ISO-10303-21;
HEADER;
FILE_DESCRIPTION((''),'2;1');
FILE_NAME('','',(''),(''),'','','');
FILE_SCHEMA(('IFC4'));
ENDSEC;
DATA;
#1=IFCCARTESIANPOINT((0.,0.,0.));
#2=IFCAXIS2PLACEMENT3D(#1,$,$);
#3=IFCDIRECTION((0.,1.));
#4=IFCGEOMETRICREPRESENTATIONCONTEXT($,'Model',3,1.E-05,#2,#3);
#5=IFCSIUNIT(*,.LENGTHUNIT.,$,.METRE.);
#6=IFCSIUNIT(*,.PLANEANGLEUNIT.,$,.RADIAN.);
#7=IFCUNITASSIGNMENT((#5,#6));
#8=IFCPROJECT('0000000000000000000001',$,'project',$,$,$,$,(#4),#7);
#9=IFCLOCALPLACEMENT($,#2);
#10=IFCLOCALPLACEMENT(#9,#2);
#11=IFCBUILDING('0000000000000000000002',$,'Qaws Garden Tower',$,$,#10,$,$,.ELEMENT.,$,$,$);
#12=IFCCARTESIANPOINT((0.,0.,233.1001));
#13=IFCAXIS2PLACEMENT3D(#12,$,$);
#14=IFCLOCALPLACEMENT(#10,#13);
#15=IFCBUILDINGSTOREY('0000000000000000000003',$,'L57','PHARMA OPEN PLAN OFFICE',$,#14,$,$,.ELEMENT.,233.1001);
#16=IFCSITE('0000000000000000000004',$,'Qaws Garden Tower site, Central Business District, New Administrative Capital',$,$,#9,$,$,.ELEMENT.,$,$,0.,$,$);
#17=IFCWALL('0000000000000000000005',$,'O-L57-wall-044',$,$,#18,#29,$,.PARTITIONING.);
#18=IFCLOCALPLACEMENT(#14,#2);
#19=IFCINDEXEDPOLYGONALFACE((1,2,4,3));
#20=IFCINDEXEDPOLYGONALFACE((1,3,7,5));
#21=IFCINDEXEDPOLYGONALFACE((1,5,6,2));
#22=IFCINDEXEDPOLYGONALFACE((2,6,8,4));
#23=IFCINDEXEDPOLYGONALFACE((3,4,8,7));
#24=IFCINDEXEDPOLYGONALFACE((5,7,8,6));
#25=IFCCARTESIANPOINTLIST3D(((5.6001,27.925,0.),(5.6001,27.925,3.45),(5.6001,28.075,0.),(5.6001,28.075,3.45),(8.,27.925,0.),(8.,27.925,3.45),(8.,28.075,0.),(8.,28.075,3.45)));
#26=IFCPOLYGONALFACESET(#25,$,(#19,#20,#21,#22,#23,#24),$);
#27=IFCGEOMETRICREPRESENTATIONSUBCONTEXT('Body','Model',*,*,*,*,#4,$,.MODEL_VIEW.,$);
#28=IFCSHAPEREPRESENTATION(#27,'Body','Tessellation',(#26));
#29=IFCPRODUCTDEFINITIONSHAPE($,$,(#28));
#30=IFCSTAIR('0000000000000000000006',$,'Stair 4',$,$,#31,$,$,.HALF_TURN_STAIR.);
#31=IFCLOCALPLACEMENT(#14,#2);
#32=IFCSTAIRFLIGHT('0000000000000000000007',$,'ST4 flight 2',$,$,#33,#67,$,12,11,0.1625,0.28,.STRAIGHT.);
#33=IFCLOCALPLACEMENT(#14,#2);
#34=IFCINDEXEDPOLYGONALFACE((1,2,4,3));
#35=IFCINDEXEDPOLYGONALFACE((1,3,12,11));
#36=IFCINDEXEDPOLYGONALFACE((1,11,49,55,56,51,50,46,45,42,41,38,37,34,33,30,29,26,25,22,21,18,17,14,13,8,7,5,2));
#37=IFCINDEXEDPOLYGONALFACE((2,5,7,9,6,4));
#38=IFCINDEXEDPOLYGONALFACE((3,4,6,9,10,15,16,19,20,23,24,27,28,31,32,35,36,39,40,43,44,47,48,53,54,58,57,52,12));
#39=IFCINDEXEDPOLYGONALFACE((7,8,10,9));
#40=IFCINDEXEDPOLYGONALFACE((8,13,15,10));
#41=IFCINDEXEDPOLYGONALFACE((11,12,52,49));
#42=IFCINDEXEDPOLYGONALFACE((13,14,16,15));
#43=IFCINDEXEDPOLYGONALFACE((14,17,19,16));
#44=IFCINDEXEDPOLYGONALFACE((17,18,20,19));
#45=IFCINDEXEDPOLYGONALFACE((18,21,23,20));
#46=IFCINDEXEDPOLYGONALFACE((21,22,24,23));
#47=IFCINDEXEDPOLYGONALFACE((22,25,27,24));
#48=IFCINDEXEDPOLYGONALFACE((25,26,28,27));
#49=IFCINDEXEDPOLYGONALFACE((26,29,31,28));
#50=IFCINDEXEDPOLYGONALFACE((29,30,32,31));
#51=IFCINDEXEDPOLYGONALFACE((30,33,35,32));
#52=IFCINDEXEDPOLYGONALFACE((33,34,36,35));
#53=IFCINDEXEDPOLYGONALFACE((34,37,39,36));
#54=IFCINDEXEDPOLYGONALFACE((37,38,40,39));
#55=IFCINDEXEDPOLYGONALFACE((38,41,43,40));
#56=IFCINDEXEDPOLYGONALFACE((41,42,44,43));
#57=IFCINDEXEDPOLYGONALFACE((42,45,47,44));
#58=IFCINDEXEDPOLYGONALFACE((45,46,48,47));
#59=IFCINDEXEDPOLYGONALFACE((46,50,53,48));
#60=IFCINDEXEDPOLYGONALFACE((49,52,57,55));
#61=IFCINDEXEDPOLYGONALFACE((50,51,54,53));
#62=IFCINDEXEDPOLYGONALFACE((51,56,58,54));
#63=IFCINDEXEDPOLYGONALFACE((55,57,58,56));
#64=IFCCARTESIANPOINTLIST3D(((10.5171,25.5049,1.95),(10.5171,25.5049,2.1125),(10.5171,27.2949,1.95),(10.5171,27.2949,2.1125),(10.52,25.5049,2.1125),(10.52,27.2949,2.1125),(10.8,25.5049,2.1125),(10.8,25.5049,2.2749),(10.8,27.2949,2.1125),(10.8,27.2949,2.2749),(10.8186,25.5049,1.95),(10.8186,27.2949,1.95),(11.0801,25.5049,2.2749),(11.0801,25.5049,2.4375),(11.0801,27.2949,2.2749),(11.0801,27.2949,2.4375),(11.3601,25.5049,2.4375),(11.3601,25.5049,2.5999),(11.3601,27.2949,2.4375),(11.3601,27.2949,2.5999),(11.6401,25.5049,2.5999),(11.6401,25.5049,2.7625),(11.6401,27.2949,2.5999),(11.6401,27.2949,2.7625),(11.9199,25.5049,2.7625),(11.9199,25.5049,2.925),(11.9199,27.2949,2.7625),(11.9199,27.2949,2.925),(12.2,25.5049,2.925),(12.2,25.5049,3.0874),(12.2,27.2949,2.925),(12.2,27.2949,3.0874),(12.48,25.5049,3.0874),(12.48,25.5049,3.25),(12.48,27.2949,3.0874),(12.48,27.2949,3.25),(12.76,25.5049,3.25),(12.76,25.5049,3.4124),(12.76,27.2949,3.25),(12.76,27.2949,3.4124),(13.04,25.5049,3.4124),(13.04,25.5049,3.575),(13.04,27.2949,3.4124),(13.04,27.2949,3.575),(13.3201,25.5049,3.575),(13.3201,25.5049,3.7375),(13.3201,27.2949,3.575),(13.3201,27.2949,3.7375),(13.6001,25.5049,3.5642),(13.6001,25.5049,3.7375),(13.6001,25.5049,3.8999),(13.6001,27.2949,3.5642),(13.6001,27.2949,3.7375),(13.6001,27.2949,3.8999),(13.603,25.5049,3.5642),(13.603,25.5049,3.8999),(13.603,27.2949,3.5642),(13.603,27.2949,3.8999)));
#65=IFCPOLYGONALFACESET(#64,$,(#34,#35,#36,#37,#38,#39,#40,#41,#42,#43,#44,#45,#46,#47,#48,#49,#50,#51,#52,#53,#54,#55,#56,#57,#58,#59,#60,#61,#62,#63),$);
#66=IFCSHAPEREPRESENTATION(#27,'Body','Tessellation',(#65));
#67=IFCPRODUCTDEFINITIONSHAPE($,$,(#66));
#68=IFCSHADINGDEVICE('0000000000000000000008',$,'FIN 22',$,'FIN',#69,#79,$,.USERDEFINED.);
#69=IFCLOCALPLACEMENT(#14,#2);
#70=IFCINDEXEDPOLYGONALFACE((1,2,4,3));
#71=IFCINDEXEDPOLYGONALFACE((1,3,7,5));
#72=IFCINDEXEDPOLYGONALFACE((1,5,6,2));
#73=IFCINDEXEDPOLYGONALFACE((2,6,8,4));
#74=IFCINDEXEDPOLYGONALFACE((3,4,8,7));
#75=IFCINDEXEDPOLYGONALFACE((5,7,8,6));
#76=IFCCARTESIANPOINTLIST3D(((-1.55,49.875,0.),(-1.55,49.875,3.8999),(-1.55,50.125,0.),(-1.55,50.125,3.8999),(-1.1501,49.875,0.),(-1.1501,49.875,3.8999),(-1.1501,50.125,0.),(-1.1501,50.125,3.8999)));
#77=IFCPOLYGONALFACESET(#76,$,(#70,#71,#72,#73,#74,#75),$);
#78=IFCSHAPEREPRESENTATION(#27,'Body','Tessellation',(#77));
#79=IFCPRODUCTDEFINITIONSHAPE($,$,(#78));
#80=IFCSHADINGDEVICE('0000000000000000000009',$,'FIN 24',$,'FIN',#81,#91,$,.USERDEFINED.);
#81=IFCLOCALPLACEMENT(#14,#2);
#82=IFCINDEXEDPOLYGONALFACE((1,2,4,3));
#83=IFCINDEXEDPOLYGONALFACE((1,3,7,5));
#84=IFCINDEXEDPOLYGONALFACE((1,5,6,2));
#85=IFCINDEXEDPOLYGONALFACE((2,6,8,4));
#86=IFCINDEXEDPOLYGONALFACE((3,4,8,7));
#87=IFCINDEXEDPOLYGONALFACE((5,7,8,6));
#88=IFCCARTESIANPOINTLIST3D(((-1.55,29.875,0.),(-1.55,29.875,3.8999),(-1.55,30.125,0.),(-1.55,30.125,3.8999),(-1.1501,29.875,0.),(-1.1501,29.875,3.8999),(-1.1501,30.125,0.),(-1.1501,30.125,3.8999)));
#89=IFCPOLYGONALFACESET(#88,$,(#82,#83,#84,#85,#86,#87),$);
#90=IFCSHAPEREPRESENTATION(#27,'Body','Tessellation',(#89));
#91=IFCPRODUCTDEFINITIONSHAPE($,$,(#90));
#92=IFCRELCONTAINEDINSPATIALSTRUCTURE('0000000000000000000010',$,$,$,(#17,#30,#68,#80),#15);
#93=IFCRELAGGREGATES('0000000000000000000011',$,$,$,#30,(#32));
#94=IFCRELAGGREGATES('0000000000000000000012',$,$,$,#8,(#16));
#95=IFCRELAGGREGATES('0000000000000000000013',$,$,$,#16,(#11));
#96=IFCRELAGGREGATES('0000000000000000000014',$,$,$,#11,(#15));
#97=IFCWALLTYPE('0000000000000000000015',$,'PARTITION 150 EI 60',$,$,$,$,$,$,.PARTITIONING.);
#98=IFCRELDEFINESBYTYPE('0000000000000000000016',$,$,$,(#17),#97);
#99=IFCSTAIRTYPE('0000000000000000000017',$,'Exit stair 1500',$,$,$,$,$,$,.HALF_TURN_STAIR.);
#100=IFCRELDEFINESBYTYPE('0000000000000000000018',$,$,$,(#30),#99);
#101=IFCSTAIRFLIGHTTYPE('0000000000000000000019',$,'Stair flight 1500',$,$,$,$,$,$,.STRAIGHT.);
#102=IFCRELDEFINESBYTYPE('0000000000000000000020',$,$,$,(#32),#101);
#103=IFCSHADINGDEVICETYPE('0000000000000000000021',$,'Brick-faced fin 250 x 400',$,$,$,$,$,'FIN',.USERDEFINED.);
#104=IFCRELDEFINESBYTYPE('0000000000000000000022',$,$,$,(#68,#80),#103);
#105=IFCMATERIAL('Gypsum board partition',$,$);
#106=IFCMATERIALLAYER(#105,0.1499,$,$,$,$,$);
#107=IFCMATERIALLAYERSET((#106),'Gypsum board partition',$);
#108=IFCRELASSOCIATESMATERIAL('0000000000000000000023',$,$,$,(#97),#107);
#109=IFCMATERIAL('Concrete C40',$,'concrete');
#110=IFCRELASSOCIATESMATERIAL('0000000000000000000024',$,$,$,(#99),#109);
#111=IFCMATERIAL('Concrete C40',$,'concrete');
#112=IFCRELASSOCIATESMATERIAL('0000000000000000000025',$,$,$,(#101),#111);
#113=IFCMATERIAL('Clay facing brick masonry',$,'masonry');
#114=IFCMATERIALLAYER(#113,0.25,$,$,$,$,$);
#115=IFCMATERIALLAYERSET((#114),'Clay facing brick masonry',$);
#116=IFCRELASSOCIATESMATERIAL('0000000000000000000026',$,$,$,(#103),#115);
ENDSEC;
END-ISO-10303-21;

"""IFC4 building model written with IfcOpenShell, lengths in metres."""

from ifc_helpers import new_model, si_unit, direction, frame, frame_2d, origin, origin_2d, place, context, subcontext, project, spatial, polyline, rectangle, outline, extrude, material, layer, layer_set, type_object, element, aggregate, save


model = new_model("IFC4")

# Units and contexts
model_context = context("Model", 3, precision=1e-05, world=origin(), true_north=direction((0.0, 1.0)))
body_context = subcontext(model_context, "Body", "Model", "MODEL_VIEW")
ifc_project = project(units=[si_unit("LENGTHUNIT", "METRE"), si_unit("PLANEANGLEUNIT", "RADIAN")], contexts=[model_context])

# Site, building, storey
site_placement = place(None, origin())
site = spatial("IfcSite", under=ifc_project, at=site_placement, Name="Qaws Garden Tower site, Central Business District, New Administrative Capital", CompositionType="ELEMENT", RefElevation=0.0)
building_placement = place(site_placement, origin())
building = spatial("IfcBuilding", under=site, at=building_placement, Name="Qaws Garden Tower", CompositionType="ELEMENT")
storey_placement = place(building_placement, frame((0.0, 0.0, 233.1001)))
storey = spatial("IfcBuildingStorey", under=building, at=storey_placement, Name="L57", Description="PHARMA OPEN PLAN OFFICE", CompositionType="ELEMENT", Elevation=233.1001)

# Wall
ifc_material_1 = material(Name="Gypsum board partition")
ifc_layer_1 = layer(ifc_material_1, 0.1499)
ifc_layer_set_1 = layer_set([ifc_layer_1], Name="Gypsum board partition")
wall_type_1 = type_object("IfcWallType", Name="PARTITION 150 EI 60", PredefinedType="PARTITIONING", material=ifc_layer_set_1)
wall_1_placement = place(storey_placement, frame((5.6001, 28.0, 0.0), z_axis=(0.0, 0.0, 1.0), x_axis=(1.0, 0.0, 0.0)))
element("IfcWall", 1, at=wall_1_placement, inside=storey, type_object=wall_type_1, Name="O-L57-wall-044", PredefinedType="PARTITIONING", context=body_context, shape_type="SweptSolid", body=[
    extrude(rectangle(XDim=2.3999, YDim=0.1499, at=frame_2d((1.2, 0.0))), origin(), (0.0, 0.0, 1.0), 3.45),
])

# Stair, stair flight
ifc_material_2 = material(Name="Concrete C40", Category="concrete")
stair_type = type_object("IfcStairType", Name="Exit stair 1500", PredefinedType="HALF_TURN_STAIR", material=ifc_material_2)
stair_placement = place(storey_placement, origin())
stair = element("IfcStair", 2, at=stair_placement, inside=storey, type_object=stair_type, Name="Stair 4", PredefinedType="HALF_TURN_STAIR")
ifc_material_3 = material(Name="Concrete C40", Category="concrete")
stair_flight_type = type_object("IfcStairFlightType", Name="Stair flight 1500", PredefinedType="STRAIGHT", material=ifc_material_3)
stair_flight_placement = place(storey_placement, frame((10.52, 26.3999, 1.95), z_axis=(0.0, 0.0, 1.0), x_axis=(1.0, 0.0, 0.0)))
stair_flight = element("IfcStairFlight", 3, at=stair_flight_placement, type_object=stair_flight_type, Name="ST4 flight 2", NumberOfRisers=12, NumberOfTreads=11, PredefinedType="STRAIGHT", RiserHeight=0.1625, TreadLength=0.28, context=body_context, shape_type="SweptSolid", body=[
    extrude(outline(polyline([(-0.0029, 0.0), (-0.0029, 0.1626), (0.0, 0.1626), (0.28, 0.1626), (0.28, 0.325), (0.5601, 0.325), (0.5601, 0.4875), (0.8401, 0.4875), (0.8401, 0.6499), (1.1201, 0.6499), (1.1201, 0.8125), (1.3999, 0.8125), (1.3999, 0.9751), (1.6799, 0.9751), (1.6799, 1.1375), (1.96, 1.1375), (1.96, 1.3), (2.24, 1.3), (2.24, 1.4624), (2.52, 1.4624), (2.52, 1.625), (2.8, 1.625), (2.8, 1.7876), (3.0801, 1.7876), (3.0801, 1.95), (3.083, 1.95), (3.083, 1.6143), (3.0801, 1.6143), (0.2986, 0.0), (-0.0029, 0.0)])), frame((0.0, 0.895, 0.0), z_axis=(0.0, -1.0, 0.0), x_axis=(1.0, 0.0, 0.0)), (0.0, 0.0, 1.0), 1.79),
])
aggregate(stair, [stair_flight])

# Shading devices
ifc_material_4 = material(Name="Clay facing brick masonry", Category="masonry")
ifc_layer_2 = layer(ifc_material_4, 0.25)
ifc_layer_set_2 = layer_set([ifc_layer_2], Name="Clay facing brick masonry")
shading_device_type = type_object("IfcShadingDeviceType", Name="Brick-faced fin 250 x 400", ElementType="FIN", PredefinedType="USERDEFINED", material=ifc_layer_set_2)
for number, where, z_axis, x_axis, name in (
    (4, (-1.3501, 50.0, 0.0), (0.0, 0.0, 1.0), (0.0, -1.0, 0.0), "FIN 22"),
    (5, (-1.3501, 30.0, 0.0), (0.0, 0.0, 1.0), (0.0, -1.0, 0.0), "FIN 24"),
):
    element("IfcShadingDevice", number, at=place(storey_placement, frame(where, z_axis=z_axis, x_axis=x_axis)), inside=storey, type_object=shading_device_type, Name=name, ObjectType="FIN", PredefinedType="USERDEFINED", context=body_context, shape_type="SweptSolid", body=[
        extrude(rectangle(XDim=0.25, YDim=0.3999, at=origin_2d()), origin(), (0.0, 0.0, 1.0), 3.8999),
    ])

save(model, "model.ifc")
